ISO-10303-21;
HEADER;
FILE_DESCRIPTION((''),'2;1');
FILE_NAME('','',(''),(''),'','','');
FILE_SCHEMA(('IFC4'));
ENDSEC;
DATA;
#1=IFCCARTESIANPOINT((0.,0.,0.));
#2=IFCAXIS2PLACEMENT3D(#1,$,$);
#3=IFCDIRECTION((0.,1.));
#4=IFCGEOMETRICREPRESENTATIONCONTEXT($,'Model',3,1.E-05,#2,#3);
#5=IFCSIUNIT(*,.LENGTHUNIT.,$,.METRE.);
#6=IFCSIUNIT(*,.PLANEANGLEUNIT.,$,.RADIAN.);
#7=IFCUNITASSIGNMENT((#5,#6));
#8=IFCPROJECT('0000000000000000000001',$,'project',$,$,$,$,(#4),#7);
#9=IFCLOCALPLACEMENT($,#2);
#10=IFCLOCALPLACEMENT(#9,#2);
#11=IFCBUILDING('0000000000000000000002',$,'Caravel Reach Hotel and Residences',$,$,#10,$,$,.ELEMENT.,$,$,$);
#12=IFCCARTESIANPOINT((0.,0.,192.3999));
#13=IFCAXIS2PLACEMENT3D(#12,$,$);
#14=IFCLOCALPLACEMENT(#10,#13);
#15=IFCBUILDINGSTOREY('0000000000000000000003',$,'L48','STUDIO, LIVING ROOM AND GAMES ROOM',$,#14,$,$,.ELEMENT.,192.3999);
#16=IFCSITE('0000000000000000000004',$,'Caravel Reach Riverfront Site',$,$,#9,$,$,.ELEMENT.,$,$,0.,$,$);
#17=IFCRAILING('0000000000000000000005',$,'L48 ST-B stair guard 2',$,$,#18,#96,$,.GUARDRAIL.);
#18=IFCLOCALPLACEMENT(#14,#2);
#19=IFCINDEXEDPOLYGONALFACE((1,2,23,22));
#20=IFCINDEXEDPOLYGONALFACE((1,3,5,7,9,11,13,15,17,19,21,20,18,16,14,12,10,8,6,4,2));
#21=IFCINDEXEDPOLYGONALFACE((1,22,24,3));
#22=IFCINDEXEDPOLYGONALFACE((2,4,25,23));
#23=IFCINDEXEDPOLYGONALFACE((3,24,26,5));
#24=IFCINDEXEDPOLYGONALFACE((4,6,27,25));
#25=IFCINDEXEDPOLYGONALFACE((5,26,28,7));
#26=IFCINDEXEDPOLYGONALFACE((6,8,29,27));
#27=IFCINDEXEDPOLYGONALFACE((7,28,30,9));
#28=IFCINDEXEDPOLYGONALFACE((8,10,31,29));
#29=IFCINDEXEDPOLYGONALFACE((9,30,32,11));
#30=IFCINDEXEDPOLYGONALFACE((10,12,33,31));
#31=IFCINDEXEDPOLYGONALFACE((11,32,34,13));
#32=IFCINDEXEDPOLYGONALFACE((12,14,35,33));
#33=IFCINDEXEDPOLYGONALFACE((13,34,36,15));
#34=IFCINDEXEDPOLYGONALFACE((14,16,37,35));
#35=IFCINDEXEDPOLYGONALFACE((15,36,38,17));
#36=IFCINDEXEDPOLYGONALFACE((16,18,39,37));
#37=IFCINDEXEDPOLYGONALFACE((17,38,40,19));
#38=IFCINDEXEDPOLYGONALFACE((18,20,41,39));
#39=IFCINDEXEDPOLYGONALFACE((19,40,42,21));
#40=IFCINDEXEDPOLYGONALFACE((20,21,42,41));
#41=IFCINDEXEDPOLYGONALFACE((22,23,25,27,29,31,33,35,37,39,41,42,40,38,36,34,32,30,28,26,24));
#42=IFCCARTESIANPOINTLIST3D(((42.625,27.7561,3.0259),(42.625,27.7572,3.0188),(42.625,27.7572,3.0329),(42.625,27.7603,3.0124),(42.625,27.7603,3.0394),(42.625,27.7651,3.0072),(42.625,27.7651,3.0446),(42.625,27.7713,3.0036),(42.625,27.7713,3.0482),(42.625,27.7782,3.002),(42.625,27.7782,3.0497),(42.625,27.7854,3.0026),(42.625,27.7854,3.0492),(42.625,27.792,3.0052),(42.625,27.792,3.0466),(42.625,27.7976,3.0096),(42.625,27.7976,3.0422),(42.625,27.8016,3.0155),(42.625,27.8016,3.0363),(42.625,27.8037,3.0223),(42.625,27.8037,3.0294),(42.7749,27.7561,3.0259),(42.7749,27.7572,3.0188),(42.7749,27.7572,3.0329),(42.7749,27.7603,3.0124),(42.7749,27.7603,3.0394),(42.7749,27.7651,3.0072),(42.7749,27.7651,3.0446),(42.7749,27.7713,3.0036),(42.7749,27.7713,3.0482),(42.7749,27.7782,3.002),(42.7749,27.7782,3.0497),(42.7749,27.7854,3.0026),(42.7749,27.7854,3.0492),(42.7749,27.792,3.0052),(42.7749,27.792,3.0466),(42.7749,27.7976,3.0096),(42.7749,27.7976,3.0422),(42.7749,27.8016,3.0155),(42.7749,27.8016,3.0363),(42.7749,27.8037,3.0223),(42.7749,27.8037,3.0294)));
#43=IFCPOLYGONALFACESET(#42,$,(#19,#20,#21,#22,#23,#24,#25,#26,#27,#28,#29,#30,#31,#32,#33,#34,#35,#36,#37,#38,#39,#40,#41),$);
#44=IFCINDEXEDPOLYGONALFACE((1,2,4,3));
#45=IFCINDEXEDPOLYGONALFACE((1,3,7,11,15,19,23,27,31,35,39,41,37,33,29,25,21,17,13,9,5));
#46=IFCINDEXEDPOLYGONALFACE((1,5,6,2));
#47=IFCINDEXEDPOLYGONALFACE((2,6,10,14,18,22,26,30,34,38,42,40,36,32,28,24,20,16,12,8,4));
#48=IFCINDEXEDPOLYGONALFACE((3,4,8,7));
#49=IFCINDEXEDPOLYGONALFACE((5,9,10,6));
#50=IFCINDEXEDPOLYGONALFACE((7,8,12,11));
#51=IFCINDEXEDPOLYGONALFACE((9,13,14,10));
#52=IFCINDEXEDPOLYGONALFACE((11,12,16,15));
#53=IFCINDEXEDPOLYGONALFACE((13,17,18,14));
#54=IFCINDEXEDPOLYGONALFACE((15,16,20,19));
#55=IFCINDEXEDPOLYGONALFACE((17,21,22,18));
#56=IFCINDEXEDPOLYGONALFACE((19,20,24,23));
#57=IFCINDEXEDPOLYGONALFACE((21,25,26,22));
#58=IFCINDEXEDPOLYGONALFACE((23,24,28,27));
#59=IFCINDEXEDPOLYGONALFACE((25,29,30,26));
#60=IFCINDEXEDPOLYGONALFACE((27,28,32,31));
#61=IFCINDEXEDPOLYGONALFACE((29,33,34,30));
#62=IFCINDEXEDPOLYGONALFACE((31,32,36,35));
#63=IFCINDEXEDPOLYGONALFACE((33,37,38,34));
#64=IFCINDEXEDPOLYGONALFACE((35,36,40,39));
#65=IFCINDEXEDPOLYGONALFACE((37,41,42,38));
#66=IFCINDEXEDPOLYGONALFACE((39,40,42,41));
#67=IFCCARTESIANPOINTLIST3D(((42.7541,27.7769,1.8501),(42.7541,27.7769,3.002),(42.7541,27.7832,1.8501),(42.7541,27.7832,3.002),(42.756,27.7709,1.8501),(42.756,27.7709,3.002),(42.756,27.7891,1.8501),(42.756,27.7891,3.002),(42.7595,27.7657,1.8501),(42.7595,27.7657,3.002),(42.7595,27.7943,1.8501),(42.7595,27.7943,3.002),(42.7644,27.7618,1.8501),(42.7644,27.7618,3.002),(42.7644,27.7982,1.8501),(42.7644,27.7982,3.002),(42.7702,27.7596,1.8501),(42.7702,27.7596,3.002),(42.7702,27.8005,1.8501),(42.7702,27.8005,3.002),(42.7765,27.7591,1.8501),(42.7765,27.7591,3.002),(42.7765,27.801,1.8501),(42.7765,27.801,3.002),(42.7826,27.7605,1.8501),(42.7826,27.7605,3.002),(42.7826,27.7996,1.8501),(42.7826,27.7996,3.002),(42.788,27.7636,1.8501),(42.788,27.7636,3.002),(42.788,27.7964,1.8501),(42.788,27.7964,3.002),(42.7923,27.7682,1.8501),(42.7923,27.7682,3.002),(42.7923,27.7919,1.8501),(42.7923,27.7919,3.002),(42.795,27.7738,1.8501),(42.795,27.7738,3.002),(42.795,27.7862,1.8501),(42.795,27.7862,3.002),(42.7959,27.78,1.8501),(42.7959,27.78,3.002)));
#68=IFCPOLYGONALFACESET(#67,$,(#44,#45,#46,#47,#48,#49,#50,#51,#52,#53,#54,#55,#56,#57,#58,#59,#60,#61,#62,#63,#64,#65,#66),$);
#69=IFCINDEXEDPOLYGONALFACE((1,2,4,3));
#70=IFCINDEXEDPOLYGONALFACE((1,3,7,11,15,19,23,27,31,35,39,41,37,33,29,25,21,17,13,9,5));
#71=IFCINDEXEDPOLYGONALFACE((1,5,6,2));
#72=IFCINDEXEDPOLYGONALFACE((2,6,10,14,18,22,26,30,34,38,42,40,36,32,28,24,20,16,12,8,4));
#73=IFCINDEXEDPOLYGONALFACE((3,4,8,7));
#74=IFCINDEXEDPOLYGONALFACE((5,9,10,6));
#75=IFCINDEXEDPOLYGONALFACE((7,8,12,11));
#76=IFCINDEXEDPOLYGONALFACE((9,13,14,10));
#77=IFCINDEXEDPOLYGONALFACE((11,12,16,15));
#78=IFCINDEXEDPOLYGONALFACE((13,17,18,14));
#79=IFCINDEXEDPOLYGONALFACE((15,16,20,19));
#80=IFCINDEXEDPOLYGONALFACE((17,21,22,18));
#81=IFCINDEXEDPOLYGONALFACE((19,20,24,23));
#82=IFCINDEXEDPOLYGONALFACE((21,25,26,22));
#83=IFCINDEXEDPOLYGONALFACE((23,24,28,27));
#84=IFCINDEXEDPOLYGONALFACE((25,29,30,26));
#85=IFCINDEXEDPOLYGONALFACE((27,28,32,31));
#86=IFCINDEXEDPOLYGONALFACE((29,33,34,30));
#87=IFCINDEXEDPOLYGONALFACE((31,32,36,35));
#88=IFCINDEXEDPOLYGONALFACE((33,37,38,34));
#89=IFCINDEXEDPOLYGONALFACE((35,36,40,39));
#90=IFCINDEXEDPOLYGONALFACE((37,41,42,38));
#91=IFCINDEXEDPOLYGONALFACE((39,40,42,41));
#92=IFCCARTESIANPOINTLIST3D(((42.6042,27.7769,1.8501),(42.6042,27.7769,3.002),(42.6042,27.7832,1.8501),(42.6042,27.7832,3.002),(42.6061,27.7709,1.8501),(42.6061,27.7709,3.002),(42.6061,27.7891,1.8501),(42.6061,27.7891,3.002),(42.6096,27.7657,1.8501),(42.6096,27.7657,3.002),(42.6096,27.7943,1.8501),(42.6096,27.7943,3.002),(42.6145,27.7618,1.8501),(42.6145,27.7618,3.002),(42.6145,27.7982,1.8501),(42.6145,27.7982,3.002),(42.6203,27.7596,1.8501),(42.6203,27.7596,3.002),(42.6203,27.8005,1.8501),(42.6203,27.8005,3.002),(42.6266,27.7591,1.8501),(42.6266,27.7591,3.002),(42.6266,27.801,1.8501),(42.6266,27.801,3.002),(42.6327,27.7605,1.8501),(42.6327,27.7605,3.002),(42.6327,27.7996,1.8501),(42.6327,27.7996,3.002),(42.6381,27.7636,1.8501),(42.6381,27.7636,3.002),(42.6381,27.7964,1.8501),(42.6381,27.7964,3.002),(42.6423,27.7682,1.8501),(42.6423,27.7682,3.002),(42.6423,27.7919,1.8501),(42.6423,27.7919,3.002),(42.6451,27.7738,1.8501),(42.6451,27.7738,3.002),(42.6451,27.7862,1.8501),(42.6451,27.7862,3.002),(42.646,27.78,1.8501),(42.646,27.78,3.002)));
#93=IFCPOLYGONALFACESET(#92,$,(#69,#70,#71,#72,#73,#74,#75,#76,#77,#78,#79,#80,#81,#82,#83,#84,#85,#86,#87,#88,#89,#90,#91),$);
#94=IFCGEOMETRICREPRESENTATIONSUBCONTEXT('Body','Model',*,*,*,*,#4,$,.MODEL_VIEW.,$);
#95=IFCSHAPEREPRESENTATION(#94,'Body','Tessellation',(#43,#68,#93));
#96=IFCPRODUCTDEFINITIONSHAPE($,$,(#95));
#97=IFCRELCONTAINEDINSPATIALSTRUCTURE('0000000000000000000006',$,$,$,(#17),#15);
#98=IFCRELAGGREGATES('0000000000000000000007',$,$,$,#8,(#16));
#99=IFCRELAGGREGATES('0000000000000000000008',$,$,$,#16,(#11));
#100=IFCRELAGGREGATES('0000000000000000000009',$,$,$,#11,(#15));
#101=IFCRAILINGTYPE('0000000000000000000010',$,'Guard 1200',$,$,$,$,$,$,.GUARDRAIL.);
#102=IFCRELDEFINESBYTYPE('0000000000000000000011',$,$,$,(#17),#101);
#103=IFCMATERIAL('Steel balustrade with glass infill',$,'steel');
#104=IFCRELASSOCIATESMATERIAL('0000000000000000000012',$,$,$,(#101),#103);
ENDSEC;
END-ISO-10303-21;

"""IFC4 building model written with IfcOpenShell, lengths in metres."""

from ifc_helpers import new_model, si_unit, direction, frame, origin, origin_2d, place, context, subcontext, project, spatial, circle, extrude, material, type_object, element, save


model = new_model("IFC4")

# Units and contexts
model_context = context("Model", 3, precision=1e-05, world=origin(), true_north=direction((0.0, 1.0)))
body_context = subcontext(model_context, "Body", "Model", "MODEL_VIEW")
ifc_project = project(units=[si_unit("LENGTHUNIT", "METRE"), si_unit("PLANEANGLEUNIT", "RADIAN")], contexts=[model_context])

# Site, building, storey
site_placement = place(None, origin())
site = spatial("IfcSite", under=ifc_project, at=site_placement, Name="Caravel Reach Riverfront Site", CompositionType="ELEMENT", RefElevation=0.0)
building_placement = place(site_placement, origin())
building = spatial("IfcBuilding", under=site, at=building_placement, Name="Caravel Reach Hotel and Residences", CompositionType="ELEMENT")
storey_placement = place(building_placement, frame((0.0, 0.0, 192.3999)))
storey = spatial("IfcBuildingStorey", under=building, at=storey_placement, Name="L48", Description="STUDIO, LIVING ROOM AND GAMES ROOM", CompositionType="ELEMENT", Elevation=192.3999)

# Railing
ifc_material_1 = material(Name="Steel balustrade with glass infill", Category="steel")
railing_type_1 = type_object("IfcRailingType", Name="Guard 1200", PredefinedType="GUARDRAIL", material=ifc_material_1)
railing_1_placement = place(storey_placement, frame((42.7749, 27.78, 1.8501)))
element("IfcRailing", 1, at=railing_1_placement, inside=storey, type_object=railing_type_1, Name="L48 ST-B stair guard 2", PredefinedType="GUARDRAIL", context=body_context, shape_type="SweptSolid", body=[
    extrude(circle(Radius=0.0239, at=origin_2d()), frame((0.0, 0.0, 1.1758), z_axis=(-1.0, 0.0, 0.0), x_axis=(0.0, -1.0, 0.0)), (0.0, 0.0, 1.0), 0.1499),
    extrude(circle(Radius=0.021, at=origin_2d()), origin(), (0.0, 0.0, 1.0), 1.1519),
    extrude(circle(Radius=0.021, at=origin_2d()), frame((-0.1499, 0.0, 0.0)), (0.0, 0.0, 1.0), 1.1519),
])

save(model, "model.ifc")
